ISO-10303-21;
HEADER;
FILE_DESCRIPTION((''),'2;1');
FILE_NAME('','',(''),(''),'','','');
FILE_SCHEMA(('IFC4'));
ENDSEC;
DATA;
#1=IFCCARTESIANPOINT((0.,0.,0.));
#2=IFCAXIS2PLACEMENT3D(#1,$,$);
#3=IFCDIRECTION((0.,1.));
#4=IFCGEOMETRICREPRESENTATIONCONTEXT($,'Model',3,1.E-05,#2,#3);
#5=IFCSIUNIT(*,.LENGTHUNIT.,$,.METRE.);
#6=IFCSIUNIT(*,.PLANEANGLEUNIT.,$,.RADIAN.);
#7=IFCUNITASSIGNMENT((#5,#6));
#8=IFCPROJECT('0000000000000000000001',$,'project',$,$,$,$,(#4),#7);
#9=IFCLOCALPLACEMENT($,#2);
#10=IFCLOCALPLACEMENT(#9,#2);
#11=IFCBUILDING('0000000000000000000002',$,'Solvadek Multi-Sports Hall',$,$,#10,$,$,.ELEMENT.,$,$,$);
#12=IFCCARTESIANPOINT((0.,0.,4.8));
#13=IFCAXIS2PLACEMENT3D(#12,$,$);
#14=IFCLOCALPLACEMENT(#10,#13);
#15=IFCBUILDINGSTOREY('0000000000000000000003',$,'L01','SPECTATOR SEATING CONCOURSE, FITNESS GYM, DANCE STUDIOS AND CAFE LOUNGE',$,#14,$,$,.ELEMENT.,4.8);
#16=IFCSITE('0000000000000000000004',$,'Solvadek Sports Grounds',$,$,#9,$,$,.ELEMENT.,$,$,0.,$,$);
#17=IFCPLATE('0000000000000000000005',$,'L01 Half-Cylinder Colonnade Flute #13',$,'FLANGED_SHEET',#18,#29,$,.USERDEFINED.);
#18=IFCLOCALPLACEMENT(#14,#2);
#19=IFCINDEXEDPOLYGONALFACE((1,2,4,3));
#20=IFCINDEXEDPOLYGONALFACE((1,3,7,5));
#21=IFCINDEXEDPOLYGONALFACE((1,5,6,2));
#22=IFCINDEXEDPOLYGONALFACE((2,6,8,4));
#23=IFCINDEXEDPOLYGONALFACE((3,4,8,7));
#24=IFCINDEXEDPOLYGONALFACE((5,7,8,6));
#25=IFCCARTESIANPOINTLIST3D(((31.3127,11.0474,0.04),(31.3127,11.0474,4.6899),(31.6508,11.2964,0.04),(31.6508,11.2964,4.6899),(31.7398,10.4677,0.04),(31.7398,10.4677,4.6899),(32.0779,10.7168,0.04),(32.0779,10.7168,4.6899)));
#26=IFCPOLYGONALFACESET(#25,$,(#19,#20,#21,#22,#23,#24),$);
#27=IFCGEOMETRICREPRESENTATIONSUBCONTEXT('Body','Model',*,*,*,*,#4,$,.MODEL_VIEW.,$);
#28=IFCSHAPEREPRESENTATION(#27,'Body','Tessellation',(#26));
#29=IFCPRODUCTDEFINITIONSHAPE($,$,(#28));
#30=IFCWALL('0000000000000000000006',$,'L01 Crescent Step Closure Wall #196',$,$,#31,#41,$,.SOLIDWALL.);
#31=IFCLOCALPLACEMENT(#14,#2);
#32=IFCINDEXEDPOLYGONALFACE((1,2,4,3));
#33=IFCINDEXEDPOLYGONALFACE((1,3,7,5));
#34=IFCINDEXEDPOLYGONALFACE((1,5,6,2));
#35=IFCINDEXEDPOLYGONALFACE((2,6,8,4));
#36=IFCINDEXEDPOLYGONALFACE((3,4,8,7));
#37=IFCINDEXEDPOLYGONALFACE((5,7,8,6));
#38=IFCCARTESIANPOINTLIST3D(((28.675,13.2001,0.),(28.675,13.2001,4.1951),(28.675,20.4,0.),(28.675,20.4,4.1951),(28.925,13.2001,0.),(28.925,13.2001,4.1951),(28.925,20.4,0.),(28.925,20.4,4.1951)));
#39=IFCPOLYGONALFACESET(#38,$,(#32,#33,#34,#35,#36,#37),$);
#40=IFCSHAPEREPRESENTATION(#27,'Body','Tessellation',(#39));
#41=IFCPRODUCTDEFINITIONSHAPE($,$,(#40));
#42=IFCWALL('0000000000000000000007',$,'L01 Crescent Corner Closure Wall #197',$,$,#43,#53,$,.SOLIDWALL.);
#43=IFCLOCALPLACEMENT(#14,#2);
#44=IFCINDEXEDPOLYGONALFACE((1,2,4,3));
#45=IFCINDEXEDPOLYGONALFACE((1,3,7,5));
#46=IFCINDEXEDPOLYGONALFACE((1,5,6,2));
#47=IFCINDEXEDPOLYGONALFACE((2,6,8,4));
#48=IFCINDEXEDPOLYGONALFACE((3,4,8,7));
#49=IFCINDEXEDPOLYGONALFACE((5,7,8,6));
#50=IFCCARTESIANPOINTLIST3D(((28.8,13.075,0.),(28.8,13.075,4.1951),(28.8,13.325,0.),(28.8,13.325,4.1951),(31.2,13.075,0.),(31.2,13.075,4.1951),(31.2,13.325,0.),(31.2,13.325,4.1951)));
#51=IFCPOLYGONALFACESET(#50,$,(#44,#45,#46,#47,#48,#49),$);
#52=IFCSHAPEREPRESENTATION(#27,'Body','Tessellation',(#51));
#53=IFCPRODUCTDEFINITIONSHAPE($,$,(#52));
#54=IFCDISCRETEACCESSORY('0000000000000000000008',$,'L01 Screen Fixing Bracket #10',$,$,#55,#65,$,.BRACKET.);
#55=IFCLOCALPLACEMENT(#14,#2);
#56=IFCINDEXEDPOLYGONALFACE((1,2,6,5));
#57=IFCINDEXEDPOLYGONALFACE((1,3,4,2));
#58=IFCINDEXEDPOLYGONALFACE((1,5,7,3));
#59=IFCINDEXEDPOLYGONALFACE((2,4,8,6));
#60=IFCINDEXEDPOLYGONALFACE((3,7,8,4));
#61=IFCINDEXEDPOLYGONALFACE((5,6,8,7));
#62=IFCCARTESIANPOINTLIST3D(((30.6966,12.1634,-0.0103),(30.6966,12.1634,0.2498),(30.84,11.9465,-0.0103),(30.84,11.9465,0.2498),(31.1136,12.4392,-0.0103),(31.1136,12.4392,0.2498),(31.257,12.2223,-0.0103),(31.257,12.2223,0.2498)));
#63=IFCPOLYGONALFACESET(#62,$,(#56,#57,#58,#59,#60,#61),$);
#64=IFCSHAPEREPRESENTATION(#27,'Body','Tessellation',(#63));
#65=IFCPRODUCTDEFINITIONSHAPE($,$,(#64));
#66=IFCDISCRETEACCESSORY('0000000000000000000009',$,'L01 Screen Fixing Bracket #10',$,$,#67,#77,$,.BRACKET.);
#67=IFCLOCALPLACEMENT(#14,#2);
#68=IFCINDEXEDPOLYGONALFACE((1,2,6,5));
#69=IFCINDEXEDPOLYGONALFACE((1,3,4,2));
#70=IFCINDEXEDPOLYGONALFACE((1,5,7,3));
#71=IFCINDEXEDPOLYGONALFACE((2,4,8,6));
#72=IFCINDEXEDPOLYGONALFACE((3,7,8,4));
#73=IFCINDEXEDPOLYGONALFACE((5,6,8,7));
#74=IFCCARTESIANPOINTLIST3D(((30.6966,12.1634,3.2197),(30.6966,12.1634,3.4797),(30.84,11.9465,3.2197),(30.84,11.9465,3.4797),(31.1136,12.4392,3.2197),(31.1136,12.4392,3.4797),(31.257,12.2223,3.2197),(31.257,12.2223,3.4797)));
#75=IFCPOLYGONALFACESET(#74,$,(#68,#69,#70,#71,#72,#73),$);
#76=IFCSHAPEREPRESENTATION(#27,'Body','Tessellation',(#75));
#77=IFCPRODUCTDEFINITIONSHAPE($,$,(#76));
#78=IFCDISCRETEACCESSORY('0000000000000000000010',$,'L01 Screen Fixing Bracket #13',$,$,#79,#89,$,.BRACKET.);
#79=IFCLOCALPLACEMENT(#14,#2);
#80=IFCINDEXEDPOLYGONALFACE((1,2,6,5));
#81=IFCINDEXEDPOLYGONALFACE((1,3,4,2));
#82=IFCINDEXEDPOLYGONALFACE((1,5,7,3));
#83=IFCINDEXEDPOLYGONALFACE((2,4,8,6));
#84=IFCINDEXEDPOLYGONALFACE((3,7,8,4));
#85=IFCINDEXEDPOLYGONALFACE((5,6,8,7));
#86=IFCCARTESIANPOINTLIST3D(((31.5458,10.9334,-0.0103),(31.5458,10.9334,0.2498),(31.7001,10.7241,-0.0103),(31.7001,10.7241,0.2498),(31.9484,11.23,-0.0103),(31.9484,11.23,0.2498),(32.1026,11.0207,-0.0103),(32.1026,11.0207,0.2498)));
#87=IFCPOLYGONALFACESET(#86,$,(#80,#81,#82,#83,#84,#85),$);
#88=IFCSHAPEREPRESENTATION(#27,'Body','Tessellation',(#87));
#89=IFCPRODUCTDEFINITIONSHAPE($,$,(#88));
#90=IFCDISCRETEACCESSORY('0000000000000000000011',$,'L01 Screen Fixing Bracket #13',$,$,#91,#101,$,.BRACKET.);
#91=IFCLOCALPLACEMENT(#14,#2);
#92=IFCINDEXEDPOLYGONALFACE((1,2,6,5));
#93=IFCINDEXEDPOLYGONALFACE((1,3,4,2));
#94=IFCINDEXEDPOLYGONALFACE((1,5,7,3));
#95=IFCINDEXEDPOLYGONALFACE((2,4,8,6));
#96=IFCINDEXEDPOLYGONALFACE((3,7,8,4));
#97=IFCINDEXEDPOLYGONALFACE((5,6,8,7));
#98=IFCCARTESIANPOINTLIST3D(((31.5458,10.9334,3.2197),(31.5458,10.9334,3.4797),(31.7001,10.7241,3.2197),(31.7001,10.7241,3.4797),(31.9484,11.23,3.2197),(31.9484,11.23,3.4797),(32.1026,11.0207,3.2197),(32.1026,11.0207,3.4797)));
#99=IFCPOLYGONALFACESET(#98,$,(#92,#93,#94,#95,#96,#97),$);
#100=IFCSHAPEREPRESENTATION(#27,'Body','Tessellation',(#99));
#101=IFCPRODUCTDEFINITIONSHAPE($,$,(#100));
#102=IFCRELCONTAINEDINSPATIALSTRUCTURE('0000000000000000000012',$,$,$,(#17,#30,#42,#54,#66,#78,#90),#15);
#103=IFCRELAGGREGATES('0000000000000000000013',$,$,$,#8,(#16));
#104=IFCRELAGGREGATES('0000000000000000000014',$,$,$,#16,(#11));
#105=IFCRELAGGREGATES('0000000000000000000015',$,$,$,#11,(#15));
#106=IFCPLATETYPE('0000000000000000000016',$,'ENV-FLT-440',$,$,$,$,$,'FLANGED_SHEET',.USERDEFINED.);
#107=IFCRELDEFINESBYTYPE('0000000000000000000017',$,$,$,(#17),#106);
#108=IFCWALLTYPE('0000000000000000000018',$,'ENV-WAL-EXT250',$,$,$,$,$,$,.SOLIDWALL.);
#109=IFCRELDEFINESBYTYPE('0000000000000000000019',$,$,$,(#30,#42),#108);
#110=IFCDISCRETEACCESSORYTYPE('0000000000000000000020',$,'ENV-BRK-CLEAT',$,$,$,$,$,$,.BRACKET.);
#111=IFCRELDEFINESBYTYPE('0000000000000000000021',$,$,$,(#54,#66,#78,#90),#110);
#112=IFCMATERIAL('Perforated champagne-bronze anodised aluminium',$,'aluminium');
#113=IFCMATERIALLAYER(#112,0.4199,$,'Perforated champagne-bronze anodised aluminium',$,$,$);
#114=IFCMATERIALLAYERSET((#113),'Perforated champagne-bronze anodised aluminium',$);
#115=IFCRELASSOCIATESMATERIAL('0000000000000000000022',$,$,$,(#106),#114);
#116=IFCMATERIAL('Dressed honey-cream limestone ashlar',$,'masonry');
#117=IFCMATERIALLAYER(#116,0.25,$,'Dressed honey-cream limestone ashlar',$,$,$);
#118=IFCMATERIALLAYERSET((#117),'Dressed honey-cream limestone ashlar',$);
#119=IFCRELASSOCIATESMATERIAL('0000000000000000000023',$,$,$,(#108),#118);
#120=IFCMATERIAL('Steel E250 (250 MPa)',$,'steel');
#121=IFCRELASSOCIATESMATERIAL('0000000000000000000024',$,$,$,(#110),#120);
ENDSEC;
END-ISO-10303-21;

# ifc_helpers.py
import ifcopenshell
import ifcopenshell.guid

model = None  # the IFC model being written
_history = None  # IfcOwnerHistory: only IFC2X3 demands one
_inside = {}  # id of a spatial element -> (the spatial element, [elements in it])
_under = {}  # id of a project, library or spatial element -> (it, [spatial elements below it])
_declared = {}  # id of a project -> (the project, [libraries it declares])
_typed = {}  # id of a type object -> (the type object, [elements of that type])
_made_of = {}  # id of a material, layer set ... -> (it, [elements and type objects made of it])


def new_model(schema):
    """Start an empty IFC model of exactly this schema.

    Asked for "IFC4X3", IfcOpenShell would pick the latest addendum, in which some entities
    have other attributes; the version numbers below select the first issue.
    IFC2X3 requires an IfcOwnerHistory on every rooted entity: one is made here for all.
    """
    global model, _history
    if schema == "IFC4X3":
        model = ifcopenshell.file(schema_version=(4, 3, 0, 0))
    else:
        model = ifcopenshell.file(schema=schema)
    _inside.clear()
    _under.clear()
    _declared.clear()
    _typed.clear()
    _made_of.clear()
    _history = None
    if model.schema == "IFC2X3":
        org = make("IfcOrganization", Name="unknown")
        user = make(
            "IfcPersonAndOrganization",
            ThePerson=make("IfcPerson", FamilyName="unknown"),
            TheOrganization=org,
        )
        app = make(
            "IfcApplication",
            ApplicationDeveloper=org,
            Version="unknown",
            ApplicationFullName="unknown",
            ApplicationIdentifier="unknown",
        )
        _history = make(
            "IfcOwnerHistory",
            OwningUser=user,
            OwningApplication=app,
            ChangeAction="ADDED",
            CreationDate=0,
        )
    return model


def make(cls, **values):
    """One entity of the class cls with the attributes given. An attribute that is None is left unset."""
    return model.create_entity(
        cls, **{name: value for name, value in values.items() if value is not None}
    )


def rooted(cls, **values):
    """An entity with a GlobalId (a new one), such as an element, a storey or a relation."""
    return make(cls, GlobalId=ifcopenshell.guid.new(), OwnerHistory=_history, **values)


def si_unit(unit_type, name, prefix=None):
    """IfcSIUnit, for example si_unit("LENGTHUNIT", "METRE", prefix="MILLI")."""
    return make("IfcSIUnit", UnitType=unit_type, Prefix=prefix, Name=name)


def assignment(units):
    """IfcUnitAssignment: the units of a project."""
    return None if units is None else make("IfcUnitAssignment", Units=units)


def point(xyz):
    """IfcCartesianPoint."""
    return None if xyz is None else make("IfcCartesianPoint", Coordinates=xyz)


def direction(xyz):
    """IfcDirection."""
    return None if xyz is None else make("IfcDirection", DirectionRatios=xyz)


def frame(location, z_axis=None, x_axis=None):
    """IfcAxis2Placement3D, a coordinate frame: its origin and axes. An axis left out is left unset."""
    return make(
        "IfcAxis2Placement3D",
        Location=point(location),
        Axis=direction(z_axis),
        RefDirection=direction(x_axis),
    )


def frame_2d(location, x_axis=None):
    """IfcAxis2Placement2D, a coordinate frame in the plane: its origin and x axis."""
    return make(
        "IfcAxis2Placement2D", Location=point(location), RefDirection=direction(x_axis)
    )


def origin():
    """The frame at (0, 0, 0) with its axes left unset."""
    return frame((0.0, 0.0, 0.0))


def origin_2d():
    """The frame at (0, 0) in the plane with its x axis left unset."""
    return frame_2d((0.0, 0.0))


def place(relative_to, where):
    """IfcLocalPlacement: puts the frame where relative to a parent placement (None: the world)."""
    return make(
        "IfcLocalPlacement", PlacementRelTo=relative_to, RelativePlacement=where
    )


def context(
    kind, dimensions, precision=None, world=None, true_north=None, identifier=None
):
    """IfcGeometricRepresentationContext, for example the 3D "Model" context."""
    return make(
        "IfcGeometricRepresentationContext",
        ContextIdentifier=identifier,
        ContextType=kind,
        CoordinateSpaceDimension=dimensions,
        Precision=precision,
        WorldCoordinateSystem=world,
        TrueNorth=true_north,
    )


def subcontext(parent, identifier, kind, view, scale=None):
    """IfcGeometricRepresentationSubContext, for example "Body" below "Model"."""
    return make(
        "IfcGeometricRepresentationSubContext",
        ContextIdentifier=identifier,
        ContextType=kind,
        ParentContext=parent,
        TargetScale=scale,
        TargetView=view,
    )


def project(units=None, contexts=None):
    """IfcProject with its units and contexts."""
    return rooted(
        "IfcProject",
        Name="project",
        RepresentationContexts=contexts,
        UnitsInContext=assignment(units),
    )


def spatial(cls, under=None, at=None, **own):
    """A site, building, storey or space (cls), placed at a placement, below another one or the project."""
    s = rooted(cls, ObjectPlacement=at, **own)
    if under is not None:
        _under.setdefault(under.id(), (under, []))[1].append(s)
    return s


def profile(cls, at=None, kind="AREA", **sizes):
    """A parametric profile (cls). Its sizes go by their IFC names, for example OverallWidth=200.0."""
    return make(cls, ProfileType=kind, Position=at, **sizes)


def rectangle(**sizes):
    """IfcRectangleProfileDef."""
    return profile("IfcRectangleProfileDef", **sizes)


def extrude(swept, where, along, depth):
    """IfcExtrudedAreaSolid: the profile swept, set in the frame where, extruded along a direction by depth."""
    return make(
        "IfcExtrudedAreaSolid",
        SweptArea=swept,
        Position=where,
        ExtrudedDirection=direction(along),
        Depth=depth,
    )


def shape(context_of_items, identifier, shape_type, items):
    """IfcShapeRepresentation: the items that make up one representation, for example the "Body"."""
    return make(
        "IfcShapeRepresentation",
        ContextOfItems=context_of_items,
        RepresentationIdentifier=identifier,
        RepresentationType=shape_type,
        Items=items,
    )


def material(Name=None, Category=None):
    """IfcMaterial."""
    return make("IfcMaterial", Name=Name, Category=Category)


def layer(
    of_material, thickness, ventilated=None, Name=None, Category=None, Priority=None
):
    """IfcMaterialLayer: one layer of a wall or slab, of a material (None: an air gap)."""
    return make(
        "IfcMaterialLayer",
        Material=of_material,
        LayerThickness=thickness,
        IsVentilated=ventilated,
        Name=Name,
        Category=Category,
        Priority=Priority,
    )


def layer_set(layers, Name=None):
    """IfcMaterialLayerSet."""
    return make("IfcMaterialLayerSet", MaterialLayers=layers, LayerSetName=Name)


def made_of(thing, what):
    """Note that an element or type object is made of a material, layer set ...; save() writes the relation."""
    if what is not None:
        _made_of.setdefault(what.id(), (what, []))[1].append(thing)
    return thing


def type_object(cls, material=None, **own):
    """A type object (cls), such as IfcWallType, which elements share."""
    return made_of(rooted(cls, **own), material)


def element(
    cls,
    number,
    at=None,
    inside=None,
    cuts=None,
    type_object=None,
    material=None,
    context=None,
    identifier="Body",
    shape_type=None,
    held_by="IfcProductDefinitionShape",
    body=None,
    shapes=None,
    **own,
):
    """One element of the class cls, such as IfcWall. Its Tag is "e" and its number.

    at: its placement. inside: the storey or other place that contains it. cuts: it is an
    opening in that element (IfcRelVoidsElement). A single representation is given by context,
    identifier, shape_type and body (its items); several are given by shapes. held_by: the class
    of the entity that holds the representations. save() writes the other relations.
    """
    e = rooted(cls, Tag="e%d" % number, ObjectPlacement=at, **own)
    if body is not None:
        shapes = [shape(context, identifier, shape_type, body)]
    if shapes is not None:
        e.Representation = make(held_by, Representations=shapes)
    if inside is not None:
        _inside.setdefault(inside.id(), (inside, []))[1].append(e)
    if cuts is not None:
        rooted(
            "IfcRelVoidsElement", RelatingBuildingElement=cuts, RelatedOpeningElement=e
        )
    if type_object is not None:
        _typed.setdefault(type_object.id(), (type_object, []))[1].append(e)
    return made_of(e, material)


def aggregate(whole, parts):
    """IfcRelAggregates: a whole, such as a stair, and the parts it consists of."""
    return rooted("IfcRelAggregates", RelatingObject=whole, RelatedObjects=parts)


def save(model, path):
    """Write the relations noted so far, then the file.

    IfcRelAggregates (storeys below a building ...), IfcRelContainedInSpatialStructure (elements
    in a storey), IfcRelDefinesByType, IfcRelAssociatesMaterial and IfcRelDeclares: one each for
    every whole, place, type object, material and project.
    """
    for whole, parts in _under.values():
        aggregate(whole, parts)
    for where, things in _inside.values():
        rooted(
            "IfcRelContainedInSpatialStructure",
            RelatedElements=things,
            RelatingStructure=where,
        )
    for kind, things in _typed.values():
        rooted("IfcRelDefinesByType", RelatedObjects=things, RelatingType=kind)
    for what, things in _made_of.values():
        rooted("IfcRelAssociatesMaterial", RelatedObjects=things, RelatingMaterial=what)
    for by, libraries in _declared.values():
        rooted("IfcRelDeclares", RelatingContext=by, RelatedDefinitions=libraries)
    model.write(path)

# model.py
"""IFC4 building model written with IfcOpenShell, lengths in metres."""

from ifc_helpers import new_model, si_unit, direction, frame, frame_2d, origin, origin_2d, place, context, subcontext, project, spatial, rectangle, extrude, material, layer, layer_set, type_object, element, save


model = new_model("IFC4")

# Units and contexts
model_context = context("Model", 3, precision=1e-05, world=origin(), true_north=direction((0.0, 1.0)))
body_context = subcontext(model_context, "Body", "Model", "MODEL_VIEW")
ifc_project = project(units=[si_unit("LENGTHUNIT", "METRE"), si_unit("PLANEANGLEUNIT", "RADIAN")], contexts=[model_context])

# Site, building, storey
site_placement = place(None, origin())
site = spatial("IfcSite", under=ifc_project, at=site_placement, Name="Solvadek Sports Grounds", CompositionType="ELEMENT", RefElevation=0.0)
building_placement = place(site_placement, origin())
building = spatial("IfcBuilding", under=site, at=building_placement, Name="Solvadek Multi-Sports Hall", CompositionType="ELEMENT")
storey_placement = place(building_placement, frame((0.0, 0.0, 4.8)))
storey = spatial("IfcBuildingStorey", under=building, at=storey_placement, Name="L01", Description="SPECTATOR SEATING CONCOURSE, FITNESS GYM, DANCE STUDIOS AND CAFE LOUNGE", CompositionType="ELEMENT", Elevation=4.8)

# Shared definitions
ifc_material_1 = material(Name="Steel E250 (250 MPa)", Category="steel")

# Plate
ifc_material_2 = material(Name="Perforated champagne-bronze anodised aluminium", Category="aluminium")
ifc_layer_1 = layer(ifc_material_2, 0.4199, Name="Perforated champagne-bronze anodised aluminium")
ifc_layer_set_1 = layer_set([ifc_layer_1], Name="Perforated champagne-bronze anodised aluminium")
plate_type_1 = type_object("IfcPlateType", Name="ENV-FLT-440", ElementType="FLANGED_SHEET", PredefinedType="USERDEFINED", material=ifc_layer_set_1)
for number, where, z_axis, x_axis, name in (
    (1, (31.6953, 10.8821, 0.04), (0.0, 0.0, 1.0), (0.593159, -0.805085, 0.0), "L01 Half-Cylinder Colonnade Flute #13"),
):
    element("IfcPlate", number, at=place(storey_placement, frame(where, z_axis=z_axis, x_axis=x_axis)), inside=storey, type_object=plate_type_1, Name=name, ObjectType="FLANGED_SHEET", PredefinedType="USERDEFINED", context=body_context, shape_type="SweptSolid", body=[
        extrude(rectangle(XDim=0.72, YDim=0.4199, at=origin_2d()), origin(), (0.0, 0.0, 1.0), 4.6499),
    ])

# Walls
ifc_material_3 = material(Name="Dressed honey-cream limestone ashlar", Category="masonry")
ifc_layer_2 = layer(ifc_material_3, 0.25, Name="Dressed honey-cream limestone ashlar")
ifc_layer_set_2 = layer_set([ifc_layer_2], Name="Dressed honey-cream limestone ashlar")
wall_type = type_object("IfcWallType", Name="ENV-WAL-EXT250", PredefinedType="SOLIDWALL", material=ifc_layer_set_2)
wall_1_placement = place(storey_placement, frame((28.8, 13.2, 0.0), z_axis=(0.0, 0.0, 1.0), x_axis=(0.0, 1.0, 0.0)))
element("IfcWall", 2, at=wall_1_placement, inside=storey, type_object=wall_type, Name="L01 Crescent Step Closure Wall #196", PredefinedType="SOLIDWALL", context=body_context, shape_type="SweptSolid", body=[
    extrude(rectangle(XDim=7.2, YDim=0.25, at=frame_2d((3.6001, 0.0))), origin(), (0.0, 0.0, 1.0), 4.1951),
])
wall_2_placement = place(storey_placement, frame((28.8, 13.2, 0.0), z_axis=(0.0, 0.0, 1.0), x_axis=(1.0, 0.0, 0.0)))
element("IfcWall", 3, at=wall_2_placement, inside=storey, type_object=wall_type, Name="L01 Crescent Corner Closure Wall #197", PredefinedType="SOLIDWALL", context=body_context, shape_type="SweptSolid", body=[
    extrude(rectangle(XDim=2.3999, YDim=0.25, at=frame_2d((1.2, 0.0))), origin(), (0.0, 0.0, 1.0), 4.1951),
])

# Discrete accessories
discrete_accessory_type = type_object("IfcDiscreteAccessoryType", Name="ENV-BRK-CLEAT", PredefinedType="BRACKET", material=ifc_material_1)
for number, where, z_axis, x_axis, name in (
    (4, (30.9768, 12.1929, -0.0103), (0.0, 0.0, 1.0), (0.55161, -0.834102, 0.0), "L01 Screen Fixing Bracket #10"),
    (5, (30.9768, 12.1929, 3.2197), (0.0, 0.0, 1.0), (0.55161, -0.834102, 0.0), "L01 Screen Fixing Bracket #10"),
    (6, (31.8242, 10.9771, -0.0103), (0.0, 0.0, 1.0), (0.593159, -0.805085, 0.0), "L01 Screen Fixing Bracket #13"),
    (7, (31.8242, 10.9771, 3.2197), (0.0, 0.0, 1.0), (0.593159, -0.805085, 0.0), "L01 Screen Fixing Bracket #13"),
):
    element("IfcDiscreteAccessory", number, at=place(storey_placement, frame(where, z_axis=z_axis, x_axis=x_axis)), inside=storey, type_object=discrete_accessory_type, Name=name, PredefinedType="BRACKET", context=body_context, shape_type="SweptSolid", body=[
        extrude(rectangle(XDim=0.26, YDim=0.5, at=origin_2d()), origin(), (0.0, 0.0, 1.0), 0.26),
    ])

save(model, "model.ifc")
